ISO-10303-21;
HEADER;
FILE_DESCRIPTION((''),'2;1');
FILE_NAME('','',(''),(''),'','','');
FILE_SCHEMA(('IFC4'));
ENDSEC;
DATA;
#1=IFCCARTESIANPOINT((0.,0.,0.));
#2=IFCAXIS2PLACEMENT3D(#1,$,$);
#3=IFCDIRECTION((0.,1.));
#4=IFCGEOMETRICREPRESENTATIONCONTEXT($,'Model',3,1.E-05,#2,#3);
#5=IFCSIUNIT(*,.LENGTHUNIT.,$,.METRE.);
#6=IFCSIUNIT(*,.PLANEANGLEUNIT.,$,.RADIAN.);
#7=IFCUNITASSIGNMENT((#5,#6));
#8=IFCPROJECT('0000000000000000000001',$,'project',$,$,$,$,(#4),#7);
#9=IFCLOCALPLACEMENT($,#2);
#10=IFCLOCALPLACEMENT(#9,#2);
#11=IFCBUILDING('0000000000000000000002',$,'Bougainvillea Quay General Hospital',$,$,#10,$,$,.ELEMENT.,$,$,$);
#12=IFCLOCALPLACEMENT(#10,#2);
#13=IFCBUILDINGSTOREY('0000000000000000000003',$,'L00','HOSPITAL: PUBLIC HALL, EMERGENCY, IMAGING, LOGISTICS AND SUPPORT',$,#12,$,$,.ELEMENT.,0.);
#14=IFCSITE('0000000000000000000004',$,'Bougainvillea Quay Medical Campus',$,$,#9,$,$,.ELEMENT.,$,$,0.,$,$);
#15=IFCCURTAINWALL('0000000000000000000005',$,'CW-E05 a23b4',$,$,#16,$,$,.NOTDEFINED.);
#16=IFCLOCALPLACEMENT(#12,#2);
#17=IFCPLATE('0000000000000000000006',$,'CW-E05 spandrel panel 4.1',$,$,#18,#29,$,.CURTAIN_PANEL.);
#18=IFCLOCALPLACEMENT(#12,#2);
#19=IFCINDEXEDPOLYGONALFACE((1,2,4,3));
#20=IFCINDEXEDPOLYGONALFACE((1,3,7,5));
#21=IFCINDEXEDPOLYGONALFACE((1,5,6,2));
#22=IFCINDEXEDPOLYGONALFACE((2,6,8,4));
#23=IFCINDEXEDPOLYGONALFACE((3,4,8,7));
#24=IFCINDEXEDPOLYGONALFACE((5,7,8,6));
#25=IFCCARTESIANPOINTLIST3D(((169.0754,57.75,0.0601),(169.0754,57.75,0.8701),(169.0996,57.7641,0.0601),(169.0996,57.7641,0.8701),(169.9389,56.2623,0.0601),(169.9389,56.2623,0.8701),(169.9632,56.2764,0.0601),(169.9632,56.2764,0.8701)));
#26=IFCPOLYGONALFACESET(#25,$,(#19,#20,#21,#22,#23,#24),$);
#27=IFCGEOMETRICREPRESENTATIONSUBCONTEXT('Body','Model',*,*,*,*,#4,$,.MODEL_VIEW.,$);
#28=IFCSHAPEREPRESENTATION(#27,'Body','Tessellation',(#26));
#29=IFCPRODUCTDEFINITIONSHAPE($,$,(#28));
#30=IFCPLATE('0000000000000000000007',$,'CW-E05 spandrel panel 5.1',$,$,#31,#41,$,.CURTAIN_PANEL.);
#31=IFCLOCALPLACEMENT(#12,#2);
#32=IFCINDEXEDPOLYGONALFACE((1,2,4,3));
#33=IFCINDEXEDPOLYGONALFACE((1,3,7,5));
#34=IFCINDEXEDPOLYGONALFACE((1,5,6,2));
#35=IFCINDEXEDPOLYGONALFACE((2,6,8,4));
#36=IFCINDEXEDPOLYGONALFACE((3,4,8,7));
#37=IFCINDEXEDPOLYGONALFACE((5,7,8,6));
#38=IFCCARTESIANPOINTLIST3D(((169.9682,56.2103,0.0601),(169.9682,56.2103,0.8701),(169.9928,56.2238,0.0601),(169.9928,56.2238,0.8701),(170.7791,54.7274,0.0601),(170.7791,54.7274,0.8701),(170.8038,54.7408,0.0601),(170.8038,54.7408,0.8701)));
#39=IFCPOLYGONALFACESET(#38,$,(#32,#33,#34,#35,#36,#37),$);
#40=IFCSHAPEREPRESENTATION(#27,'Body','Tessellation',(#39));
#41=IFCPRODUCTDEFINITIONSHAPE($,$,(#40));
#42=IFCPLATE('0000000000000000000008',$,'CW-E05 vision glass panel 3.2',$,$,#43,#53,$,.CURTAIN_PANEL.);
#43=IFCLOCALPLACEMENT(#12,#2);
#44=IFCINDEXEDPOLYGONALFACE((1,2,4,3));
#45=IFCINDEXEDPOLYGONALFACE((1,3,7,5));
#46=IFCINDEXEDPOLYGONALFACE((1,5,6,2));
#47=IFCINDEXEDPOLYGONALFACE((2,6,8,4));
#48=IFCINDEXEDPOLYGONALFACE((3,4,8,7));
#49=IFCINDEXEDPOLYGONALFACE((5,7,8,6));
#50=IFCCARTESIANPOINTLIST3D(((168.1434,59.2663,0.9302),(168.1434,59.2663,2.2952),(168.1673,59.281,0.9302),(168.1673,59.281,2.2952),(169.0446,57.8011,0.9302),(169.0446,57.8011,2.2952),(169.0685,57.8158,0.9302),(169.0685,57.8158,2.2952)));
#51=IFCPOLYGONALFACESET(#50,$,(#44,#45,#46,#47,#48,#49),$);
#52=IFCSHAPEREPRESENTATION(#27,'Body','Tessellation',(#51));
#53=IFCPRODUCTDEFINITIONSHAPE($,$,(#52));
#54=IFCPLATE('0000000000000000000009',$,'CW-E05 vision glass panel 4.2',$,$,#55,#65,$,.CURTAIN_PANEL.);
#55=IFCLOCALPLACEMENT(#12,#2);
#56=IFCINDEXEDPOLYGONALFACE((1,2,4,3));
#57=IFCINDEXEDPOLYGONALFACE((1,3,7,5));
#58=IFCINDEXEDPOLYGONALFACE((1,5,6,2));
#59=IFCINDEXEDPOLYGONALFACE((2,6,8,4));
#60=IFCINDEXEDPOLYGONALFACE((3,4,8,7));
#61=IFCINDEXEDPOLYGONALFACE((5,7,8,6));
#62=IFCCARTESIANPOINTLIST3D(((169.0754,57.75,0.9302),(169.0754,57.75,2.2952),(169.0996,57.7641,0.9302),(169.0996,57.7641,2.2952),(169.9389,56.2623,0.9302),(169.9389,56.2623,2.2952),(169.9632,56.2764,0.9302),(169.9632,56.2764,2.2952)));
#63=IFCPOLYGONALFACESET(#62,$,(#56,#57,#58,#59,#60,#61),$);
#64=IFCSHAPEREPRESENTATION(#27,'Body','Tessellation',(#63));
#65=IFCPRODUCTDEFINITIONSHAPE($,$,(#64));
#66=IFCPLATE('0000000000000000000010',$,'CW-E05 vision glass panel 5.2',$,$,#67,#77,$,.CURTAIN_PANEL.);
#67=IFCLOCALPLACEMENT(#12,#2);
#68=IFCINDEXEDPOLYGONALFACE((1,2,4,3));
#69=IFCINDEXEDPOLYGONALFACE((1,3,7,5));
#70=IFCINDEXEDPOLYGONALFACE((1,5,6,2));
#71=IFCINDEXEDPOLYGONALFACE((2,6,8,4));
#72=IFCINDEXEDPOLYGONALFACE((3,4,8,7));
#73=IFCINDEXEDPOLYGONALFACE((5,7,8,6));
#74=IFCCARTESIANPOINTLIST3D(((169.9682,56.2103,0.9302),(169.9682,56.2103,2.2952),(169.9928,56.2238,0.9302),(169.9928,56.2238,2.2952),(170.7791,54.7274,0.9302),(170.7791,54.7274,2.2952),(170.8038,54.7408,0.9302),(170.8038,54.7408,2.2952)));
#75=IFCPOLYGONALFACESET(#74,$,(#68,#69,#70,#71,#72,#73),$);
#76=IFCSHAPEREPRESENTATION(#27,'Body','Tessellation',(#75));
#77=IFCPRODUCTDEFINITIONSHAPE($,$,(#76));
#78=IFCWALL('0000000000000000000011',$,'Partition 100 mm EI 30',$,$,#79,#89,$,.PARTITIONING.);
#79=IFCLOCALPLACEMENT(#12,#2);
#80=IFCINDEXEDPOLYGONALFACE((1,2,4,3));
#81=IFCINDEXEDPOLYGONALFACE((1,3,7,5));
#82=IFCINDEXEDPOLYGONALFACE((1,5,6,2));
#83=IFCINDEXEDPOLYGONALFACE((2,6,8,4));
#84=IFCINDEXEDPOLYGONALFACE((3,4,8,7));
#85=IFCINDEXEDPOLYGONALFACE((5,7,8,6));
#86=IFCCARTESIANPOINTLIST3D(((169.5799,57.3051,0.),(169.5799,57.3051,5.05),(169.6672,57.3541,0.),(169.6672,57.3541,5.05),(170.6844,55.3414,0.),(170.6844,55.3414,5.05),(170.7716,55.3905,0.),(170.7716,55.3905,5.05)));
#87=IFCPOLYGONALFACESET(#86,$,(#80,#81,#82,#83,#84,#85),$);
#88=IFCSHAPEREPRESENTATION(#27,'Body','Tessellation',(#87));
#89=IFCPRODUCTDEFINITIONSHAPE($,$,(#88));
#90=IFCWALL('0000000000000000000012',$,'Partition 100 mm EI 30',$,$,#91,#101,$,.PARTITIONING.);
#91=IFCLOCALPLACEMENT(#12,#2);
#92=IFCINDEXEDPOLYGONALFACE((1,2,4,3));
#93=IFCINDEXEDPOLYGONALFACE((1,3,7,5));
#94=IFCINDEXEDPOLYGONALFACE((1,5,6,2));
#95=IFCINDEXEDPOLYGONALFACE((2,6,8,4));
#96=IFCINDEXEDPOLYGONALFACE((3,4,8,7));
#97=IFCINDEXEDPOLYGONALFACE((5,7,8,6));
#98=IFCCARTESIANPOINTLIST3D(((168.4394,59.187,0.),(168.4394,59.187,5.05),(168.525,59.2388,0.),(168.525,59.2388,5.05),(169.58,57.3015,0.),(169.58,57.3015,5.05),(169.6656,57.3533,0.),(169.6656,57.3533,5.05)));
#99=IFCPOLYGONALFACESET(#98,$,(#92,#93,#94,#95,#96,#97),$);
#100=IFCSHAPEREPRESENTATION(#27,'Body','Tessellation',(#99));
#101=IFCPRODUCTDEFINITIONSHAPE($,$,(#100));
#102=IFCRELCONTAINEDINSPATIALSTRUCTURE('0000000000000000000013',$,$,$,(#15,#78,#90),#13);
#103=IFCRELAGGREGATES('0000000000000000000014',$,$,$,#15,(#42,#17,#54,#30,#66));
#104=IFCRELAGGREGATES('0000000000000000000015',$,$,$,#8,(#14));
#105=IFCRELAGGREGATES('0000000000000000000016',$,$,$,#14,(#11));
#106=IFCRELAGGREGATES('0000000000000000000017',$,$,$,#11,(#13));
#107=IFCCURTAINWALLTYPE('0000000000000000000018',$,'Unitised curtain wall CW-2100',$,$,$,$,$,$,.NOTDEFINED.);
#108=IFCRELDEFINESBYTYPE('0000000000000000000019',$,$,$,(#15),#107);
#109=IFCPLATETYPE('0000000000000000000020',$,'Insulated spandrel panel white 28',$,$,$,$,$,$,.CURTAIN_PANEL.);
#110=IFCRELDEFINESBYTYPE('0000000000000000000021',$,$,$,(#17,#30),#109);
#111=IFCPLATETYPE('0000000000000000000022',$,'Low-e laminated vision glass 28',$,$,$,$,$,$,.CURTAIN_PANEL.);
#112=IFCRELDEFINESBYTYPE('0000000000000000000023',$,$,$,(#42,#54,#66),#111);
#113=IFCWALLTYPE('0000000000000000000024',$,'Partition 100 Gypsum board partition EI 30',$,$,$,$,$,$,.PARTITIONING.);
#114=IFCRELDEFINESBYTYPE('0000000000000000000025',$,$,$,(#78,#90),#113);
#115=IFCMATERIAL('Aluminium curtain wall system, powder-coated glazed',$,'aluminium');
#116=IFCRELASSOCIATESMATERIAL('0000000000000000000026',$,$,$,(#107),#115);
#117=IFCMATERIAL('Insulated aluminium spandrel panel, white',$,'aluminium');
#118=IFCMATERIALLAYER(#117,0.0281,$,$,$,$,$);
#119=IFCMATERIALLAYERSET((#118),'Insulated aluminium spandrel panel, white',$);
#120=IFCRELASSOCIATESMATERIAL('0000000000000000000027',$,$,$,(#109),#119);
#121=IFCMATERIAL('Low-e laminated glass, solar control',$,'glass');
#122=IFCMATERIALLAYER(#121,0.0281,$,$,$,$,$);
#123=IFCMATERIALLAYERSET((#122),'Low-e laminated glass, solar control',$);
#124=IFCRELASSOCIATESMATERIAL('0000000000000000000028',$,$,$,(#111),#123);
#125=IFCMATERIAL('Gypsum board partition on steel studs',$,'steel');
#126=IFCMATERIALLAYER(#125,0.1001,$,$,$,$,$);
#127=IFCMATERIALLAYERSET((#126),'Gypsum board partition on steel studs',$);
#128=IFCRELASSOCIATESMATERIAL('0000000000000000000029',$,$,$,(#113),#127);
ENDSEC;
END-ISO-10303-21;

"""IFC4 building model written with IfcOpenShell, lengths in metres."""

from ifc_helpers import new_model, si_unit, direction, frame, frame_2d, origin, origin_2d, place, context, subcontext, project, spatial, rectangle, extrude, material, layer, layer_set, type_object, element, aggregate, save


model = new_model("IFC4")

# Units and contexts
model_context = context("Model", 3, precision=1e-05, world=origin(), true_north=direction((0.0, 1.0)))
body_context = subcontext(model_context, "Body", "Model", "MODEL_VIEW")
ifc_project = project(units=[si_unit("LENGTHUNIT", "METRE"), si_unit("PLANEANGLEUNIT", "RADIAN")], contexts=[model_context])

# Site, building, storey
site_placement = place(None, origin())
site = spatial("IfcSite", under=ifc_project, at=site_placement, Name="Bougainvillea Quay Medical Campus", CompositionType="ELEMENT", RefElevation=0.0)
building_placement = place(site_placement, origin())
building = spatial("IfcBuilding", under=site, at=building_placement, Name="Bougainvillea Quay General Hospital", CompositionType="ELEMENT")
storey_placement = place(building_placement, origin())
storey = spatial("IfcBuildingStorey", under=building, at=storey_placement, Name="L00", Description="HOSPITAL: PUBLIC HALL, EMERGENCY, IMAGING, LOGISTICS AND SUPPORT", CompositionType="ELEMENT", Elevation=0.0)

# Curtain wall
ifc_material_1 = material(Name="Aluminium curtain wall system, powder-coated glazed", Category="aluminium")
curtain_wall_type = type_object("IfcCurtainWallType", Name="Unitised curtain wall CW-2100", PredefinedType="NOTDEFINED", material=ifc_material_1)
curtain_wall_1_placement = place(storey_placement, origin())
curtain_wall_1 = element("IfcCurtainWall", 1, at=curtain_wall_1_placement, inside=storey, type_object=curtain_wall_type, Name="CW-E05 a23b4", PredefinedType="NOTDEFINED")

# Plates
ifc_material_2 = material(Name="Insulated aluminium spandrel panel, white", Category="aluminium")
ifc_layer_1 = layer(ifc_material_2, 0.0281)
ifc_layer_set_1 = layer_set([ifc_layer_1], Name="Insulated aluminium spandrel panel, white")
plate_type_1 = type_object("IfcPlateType", Name="Insulated spandrel panel white 28", PredefinedType="CURTAIN_PANEL", material=ifc_layer_set_1)
plate_1_placement = place(storey_placement, frame((169.5193, 57.0132, 0.0601), z_axis=(0.0, 0.0, 1.0), x_axis=(0.502018, -0.864857, 0.0)))
plate_1 = element("IfcPlate", 2, at=plate_1_placement, type_object=plate_type_1, Name="CW-E05 spandrel panel 4.1", PredefinedType="CURTAIN_PANEL", context=body_context, shape_type="SweptSolid", body=[
    extrude(rectangle(XDim=1.7202, YDim=0.0281, at=origin_2d()), origin(), (0.0, 0.0, 1.0), 0.8101),
])
plate_2_placement = place(storey_placement, frame((170.386, 55.4756, 0.0601), z_axis=(0.0, 0.0, 1.0), x_axis=(0.479783, -0.877387, 0.0)))
plate_2 = element("IfcPlate", 3, at=plate_2_placement, type_object=plate_type_1, Name="CW-E05 spandrel panel 5.1", PredefinedType="CURTAIN_PANEL", context=body_context, shape_type="SweptSolid", body=[
    extrude(rectangle(XDim=1.6902, YDim=0.0281, at=origin_2d()), origin(), (0.0, 0.0, 1.0), 0.8101),
])
ifc_material_3 = material(Name="Low-e laminated glass, solar control", Category="glass")
ifc_layer_2 = layer(ifc_material_3, 0.0281)
ifc_layer_set_2 = layer_set([ifc_layer_2], Name="Low-e laminated glass, solar control")
plate_type_2 = type_object("IfcPlateType", Name="Low-e laminated vision glass 28", PredefinedType="CURTAIN_PANEL", material=ifc_layer_set_2)
plate_3_placement = place(storey_placement, frame((168.606, 58.541, 0.9302), z_axis=(0.0, 0.0, 1.0), x_axis=(0.523926, -0.851764, 0.0)))
plate_3 = element("IfcPlate", 4, at=plate_3_placement, type_object=plate_type_2, Name="CW-E05 vision glass panel 3.2", PredefinedType="CURTAIN_PANEL", context=body_context, shape_type="SweptSolid", body=[
    extrude(rectangle(XDim=1.7202, YDim=0.0281, at=origin_2d()), origin(), (0.0, 0.0, 1.0), 1.365),
])
plate_4_placement = place(storey_placement, frame((169.5193, 57.0132, 0.9302), z_axis=(0.0, 0.0, 1.0), x_axis=(0.502018, -0.864857, 0.0)))
plate_4 = element("IfcPlate", 5, at=plate_4_placement, type_object=plate_type_2, Name="CW-E05 vision glass panel 4.2", PredefinedType="CURTAIN_PANEL", context=body_context, shape_type="SweptSolid", body=[
    extrude(rectangle(XDim=1.7202, YDim=0.0281, at=origin_2d()), origin(), (0.0, 0.0, 1.0), 1.365),
])
plate_5_placement = place(storey_placement, frame((170.386, 55.4756, 0.9302), z_axis=(0.0, 0.0, 1.0), x_axis=(0.479783, -0.877387, 0.0)))
plate_5 = element("IfcPlate", 6, at=plate_5_placement, type_object=plate_type_2, Name="CW-E05 vision glass panel 5.2", PredefinedType="CURTAIN_PANEL", context=body_context, shape_type="SweptSolid", body=[
    extrude(rectangle(XDim=1.6902, YDim=0.0281, at=origin_2d()), origin(), (0.0, 0.0, 1.0), 1.365),
])
aggregate(curtain_wall_1, [plate_3, plate_1, plate_4, plate_2, plate_5])

# Walls
ifc_material_4 = material(Name="Gypsum board partition on steel studs", Category="steel")
ifc_layer_3 = layer(ifc_material_4, 0.1001)
ifc_layer_set_3 = layer_set([ifc_layer_3], Name="Gypsum board partition on steel studs")
wall_type = type_object("IfcWallType", Name="Partition 100 Gypsum board partition EI 30", PredefinedType="PARTITIONING", material=ifc_layer_set_3)
wall_1_placement = place(storey_placement, frame((169.6235, 57.3296, 0.0), z_axis=(0.0, 0.0, 1.0), x_axis=(0.490246, -0.871584, 0.0)))
element("IfcWall", 7, at=wall_1_placement, inside=storey, type_object=wall_type, Name="Partition 100 mm EI 30", PredefinedType="PARTITIONING", context=body_context, shape_type="SweptSolid", body=[
    extrude(rectangle(XDim=2.2529, YDim=0.1001, at=frame_2d((1.1265, 0.0))), origin(), (0.0, 0.0, 1.0), 5.05),
])
wall_2_placement = place(storey_placement, frame((168.4822, 59.2129, 0.0), z_axis=(0.0, 0.0, 1.0), x_axis=(0.517604, -0.85562, 0.0)))
element("IfcWall", 8, at=wall_2_placement, inside=storey, type_object=wall_type, Name="Partition 100 mm EI 30", PredefinedType="PARTITIONING", context=body_context, shape_type="SweptSolid", body=[
    extrude(rectangle(XDim=2.2036, YDim=0.1001, at=frame_2d((1.1018, 0.0))), origin(), (0.0, 0.0, 1.0), 5.05),
])

save(model, "model.ifc")
